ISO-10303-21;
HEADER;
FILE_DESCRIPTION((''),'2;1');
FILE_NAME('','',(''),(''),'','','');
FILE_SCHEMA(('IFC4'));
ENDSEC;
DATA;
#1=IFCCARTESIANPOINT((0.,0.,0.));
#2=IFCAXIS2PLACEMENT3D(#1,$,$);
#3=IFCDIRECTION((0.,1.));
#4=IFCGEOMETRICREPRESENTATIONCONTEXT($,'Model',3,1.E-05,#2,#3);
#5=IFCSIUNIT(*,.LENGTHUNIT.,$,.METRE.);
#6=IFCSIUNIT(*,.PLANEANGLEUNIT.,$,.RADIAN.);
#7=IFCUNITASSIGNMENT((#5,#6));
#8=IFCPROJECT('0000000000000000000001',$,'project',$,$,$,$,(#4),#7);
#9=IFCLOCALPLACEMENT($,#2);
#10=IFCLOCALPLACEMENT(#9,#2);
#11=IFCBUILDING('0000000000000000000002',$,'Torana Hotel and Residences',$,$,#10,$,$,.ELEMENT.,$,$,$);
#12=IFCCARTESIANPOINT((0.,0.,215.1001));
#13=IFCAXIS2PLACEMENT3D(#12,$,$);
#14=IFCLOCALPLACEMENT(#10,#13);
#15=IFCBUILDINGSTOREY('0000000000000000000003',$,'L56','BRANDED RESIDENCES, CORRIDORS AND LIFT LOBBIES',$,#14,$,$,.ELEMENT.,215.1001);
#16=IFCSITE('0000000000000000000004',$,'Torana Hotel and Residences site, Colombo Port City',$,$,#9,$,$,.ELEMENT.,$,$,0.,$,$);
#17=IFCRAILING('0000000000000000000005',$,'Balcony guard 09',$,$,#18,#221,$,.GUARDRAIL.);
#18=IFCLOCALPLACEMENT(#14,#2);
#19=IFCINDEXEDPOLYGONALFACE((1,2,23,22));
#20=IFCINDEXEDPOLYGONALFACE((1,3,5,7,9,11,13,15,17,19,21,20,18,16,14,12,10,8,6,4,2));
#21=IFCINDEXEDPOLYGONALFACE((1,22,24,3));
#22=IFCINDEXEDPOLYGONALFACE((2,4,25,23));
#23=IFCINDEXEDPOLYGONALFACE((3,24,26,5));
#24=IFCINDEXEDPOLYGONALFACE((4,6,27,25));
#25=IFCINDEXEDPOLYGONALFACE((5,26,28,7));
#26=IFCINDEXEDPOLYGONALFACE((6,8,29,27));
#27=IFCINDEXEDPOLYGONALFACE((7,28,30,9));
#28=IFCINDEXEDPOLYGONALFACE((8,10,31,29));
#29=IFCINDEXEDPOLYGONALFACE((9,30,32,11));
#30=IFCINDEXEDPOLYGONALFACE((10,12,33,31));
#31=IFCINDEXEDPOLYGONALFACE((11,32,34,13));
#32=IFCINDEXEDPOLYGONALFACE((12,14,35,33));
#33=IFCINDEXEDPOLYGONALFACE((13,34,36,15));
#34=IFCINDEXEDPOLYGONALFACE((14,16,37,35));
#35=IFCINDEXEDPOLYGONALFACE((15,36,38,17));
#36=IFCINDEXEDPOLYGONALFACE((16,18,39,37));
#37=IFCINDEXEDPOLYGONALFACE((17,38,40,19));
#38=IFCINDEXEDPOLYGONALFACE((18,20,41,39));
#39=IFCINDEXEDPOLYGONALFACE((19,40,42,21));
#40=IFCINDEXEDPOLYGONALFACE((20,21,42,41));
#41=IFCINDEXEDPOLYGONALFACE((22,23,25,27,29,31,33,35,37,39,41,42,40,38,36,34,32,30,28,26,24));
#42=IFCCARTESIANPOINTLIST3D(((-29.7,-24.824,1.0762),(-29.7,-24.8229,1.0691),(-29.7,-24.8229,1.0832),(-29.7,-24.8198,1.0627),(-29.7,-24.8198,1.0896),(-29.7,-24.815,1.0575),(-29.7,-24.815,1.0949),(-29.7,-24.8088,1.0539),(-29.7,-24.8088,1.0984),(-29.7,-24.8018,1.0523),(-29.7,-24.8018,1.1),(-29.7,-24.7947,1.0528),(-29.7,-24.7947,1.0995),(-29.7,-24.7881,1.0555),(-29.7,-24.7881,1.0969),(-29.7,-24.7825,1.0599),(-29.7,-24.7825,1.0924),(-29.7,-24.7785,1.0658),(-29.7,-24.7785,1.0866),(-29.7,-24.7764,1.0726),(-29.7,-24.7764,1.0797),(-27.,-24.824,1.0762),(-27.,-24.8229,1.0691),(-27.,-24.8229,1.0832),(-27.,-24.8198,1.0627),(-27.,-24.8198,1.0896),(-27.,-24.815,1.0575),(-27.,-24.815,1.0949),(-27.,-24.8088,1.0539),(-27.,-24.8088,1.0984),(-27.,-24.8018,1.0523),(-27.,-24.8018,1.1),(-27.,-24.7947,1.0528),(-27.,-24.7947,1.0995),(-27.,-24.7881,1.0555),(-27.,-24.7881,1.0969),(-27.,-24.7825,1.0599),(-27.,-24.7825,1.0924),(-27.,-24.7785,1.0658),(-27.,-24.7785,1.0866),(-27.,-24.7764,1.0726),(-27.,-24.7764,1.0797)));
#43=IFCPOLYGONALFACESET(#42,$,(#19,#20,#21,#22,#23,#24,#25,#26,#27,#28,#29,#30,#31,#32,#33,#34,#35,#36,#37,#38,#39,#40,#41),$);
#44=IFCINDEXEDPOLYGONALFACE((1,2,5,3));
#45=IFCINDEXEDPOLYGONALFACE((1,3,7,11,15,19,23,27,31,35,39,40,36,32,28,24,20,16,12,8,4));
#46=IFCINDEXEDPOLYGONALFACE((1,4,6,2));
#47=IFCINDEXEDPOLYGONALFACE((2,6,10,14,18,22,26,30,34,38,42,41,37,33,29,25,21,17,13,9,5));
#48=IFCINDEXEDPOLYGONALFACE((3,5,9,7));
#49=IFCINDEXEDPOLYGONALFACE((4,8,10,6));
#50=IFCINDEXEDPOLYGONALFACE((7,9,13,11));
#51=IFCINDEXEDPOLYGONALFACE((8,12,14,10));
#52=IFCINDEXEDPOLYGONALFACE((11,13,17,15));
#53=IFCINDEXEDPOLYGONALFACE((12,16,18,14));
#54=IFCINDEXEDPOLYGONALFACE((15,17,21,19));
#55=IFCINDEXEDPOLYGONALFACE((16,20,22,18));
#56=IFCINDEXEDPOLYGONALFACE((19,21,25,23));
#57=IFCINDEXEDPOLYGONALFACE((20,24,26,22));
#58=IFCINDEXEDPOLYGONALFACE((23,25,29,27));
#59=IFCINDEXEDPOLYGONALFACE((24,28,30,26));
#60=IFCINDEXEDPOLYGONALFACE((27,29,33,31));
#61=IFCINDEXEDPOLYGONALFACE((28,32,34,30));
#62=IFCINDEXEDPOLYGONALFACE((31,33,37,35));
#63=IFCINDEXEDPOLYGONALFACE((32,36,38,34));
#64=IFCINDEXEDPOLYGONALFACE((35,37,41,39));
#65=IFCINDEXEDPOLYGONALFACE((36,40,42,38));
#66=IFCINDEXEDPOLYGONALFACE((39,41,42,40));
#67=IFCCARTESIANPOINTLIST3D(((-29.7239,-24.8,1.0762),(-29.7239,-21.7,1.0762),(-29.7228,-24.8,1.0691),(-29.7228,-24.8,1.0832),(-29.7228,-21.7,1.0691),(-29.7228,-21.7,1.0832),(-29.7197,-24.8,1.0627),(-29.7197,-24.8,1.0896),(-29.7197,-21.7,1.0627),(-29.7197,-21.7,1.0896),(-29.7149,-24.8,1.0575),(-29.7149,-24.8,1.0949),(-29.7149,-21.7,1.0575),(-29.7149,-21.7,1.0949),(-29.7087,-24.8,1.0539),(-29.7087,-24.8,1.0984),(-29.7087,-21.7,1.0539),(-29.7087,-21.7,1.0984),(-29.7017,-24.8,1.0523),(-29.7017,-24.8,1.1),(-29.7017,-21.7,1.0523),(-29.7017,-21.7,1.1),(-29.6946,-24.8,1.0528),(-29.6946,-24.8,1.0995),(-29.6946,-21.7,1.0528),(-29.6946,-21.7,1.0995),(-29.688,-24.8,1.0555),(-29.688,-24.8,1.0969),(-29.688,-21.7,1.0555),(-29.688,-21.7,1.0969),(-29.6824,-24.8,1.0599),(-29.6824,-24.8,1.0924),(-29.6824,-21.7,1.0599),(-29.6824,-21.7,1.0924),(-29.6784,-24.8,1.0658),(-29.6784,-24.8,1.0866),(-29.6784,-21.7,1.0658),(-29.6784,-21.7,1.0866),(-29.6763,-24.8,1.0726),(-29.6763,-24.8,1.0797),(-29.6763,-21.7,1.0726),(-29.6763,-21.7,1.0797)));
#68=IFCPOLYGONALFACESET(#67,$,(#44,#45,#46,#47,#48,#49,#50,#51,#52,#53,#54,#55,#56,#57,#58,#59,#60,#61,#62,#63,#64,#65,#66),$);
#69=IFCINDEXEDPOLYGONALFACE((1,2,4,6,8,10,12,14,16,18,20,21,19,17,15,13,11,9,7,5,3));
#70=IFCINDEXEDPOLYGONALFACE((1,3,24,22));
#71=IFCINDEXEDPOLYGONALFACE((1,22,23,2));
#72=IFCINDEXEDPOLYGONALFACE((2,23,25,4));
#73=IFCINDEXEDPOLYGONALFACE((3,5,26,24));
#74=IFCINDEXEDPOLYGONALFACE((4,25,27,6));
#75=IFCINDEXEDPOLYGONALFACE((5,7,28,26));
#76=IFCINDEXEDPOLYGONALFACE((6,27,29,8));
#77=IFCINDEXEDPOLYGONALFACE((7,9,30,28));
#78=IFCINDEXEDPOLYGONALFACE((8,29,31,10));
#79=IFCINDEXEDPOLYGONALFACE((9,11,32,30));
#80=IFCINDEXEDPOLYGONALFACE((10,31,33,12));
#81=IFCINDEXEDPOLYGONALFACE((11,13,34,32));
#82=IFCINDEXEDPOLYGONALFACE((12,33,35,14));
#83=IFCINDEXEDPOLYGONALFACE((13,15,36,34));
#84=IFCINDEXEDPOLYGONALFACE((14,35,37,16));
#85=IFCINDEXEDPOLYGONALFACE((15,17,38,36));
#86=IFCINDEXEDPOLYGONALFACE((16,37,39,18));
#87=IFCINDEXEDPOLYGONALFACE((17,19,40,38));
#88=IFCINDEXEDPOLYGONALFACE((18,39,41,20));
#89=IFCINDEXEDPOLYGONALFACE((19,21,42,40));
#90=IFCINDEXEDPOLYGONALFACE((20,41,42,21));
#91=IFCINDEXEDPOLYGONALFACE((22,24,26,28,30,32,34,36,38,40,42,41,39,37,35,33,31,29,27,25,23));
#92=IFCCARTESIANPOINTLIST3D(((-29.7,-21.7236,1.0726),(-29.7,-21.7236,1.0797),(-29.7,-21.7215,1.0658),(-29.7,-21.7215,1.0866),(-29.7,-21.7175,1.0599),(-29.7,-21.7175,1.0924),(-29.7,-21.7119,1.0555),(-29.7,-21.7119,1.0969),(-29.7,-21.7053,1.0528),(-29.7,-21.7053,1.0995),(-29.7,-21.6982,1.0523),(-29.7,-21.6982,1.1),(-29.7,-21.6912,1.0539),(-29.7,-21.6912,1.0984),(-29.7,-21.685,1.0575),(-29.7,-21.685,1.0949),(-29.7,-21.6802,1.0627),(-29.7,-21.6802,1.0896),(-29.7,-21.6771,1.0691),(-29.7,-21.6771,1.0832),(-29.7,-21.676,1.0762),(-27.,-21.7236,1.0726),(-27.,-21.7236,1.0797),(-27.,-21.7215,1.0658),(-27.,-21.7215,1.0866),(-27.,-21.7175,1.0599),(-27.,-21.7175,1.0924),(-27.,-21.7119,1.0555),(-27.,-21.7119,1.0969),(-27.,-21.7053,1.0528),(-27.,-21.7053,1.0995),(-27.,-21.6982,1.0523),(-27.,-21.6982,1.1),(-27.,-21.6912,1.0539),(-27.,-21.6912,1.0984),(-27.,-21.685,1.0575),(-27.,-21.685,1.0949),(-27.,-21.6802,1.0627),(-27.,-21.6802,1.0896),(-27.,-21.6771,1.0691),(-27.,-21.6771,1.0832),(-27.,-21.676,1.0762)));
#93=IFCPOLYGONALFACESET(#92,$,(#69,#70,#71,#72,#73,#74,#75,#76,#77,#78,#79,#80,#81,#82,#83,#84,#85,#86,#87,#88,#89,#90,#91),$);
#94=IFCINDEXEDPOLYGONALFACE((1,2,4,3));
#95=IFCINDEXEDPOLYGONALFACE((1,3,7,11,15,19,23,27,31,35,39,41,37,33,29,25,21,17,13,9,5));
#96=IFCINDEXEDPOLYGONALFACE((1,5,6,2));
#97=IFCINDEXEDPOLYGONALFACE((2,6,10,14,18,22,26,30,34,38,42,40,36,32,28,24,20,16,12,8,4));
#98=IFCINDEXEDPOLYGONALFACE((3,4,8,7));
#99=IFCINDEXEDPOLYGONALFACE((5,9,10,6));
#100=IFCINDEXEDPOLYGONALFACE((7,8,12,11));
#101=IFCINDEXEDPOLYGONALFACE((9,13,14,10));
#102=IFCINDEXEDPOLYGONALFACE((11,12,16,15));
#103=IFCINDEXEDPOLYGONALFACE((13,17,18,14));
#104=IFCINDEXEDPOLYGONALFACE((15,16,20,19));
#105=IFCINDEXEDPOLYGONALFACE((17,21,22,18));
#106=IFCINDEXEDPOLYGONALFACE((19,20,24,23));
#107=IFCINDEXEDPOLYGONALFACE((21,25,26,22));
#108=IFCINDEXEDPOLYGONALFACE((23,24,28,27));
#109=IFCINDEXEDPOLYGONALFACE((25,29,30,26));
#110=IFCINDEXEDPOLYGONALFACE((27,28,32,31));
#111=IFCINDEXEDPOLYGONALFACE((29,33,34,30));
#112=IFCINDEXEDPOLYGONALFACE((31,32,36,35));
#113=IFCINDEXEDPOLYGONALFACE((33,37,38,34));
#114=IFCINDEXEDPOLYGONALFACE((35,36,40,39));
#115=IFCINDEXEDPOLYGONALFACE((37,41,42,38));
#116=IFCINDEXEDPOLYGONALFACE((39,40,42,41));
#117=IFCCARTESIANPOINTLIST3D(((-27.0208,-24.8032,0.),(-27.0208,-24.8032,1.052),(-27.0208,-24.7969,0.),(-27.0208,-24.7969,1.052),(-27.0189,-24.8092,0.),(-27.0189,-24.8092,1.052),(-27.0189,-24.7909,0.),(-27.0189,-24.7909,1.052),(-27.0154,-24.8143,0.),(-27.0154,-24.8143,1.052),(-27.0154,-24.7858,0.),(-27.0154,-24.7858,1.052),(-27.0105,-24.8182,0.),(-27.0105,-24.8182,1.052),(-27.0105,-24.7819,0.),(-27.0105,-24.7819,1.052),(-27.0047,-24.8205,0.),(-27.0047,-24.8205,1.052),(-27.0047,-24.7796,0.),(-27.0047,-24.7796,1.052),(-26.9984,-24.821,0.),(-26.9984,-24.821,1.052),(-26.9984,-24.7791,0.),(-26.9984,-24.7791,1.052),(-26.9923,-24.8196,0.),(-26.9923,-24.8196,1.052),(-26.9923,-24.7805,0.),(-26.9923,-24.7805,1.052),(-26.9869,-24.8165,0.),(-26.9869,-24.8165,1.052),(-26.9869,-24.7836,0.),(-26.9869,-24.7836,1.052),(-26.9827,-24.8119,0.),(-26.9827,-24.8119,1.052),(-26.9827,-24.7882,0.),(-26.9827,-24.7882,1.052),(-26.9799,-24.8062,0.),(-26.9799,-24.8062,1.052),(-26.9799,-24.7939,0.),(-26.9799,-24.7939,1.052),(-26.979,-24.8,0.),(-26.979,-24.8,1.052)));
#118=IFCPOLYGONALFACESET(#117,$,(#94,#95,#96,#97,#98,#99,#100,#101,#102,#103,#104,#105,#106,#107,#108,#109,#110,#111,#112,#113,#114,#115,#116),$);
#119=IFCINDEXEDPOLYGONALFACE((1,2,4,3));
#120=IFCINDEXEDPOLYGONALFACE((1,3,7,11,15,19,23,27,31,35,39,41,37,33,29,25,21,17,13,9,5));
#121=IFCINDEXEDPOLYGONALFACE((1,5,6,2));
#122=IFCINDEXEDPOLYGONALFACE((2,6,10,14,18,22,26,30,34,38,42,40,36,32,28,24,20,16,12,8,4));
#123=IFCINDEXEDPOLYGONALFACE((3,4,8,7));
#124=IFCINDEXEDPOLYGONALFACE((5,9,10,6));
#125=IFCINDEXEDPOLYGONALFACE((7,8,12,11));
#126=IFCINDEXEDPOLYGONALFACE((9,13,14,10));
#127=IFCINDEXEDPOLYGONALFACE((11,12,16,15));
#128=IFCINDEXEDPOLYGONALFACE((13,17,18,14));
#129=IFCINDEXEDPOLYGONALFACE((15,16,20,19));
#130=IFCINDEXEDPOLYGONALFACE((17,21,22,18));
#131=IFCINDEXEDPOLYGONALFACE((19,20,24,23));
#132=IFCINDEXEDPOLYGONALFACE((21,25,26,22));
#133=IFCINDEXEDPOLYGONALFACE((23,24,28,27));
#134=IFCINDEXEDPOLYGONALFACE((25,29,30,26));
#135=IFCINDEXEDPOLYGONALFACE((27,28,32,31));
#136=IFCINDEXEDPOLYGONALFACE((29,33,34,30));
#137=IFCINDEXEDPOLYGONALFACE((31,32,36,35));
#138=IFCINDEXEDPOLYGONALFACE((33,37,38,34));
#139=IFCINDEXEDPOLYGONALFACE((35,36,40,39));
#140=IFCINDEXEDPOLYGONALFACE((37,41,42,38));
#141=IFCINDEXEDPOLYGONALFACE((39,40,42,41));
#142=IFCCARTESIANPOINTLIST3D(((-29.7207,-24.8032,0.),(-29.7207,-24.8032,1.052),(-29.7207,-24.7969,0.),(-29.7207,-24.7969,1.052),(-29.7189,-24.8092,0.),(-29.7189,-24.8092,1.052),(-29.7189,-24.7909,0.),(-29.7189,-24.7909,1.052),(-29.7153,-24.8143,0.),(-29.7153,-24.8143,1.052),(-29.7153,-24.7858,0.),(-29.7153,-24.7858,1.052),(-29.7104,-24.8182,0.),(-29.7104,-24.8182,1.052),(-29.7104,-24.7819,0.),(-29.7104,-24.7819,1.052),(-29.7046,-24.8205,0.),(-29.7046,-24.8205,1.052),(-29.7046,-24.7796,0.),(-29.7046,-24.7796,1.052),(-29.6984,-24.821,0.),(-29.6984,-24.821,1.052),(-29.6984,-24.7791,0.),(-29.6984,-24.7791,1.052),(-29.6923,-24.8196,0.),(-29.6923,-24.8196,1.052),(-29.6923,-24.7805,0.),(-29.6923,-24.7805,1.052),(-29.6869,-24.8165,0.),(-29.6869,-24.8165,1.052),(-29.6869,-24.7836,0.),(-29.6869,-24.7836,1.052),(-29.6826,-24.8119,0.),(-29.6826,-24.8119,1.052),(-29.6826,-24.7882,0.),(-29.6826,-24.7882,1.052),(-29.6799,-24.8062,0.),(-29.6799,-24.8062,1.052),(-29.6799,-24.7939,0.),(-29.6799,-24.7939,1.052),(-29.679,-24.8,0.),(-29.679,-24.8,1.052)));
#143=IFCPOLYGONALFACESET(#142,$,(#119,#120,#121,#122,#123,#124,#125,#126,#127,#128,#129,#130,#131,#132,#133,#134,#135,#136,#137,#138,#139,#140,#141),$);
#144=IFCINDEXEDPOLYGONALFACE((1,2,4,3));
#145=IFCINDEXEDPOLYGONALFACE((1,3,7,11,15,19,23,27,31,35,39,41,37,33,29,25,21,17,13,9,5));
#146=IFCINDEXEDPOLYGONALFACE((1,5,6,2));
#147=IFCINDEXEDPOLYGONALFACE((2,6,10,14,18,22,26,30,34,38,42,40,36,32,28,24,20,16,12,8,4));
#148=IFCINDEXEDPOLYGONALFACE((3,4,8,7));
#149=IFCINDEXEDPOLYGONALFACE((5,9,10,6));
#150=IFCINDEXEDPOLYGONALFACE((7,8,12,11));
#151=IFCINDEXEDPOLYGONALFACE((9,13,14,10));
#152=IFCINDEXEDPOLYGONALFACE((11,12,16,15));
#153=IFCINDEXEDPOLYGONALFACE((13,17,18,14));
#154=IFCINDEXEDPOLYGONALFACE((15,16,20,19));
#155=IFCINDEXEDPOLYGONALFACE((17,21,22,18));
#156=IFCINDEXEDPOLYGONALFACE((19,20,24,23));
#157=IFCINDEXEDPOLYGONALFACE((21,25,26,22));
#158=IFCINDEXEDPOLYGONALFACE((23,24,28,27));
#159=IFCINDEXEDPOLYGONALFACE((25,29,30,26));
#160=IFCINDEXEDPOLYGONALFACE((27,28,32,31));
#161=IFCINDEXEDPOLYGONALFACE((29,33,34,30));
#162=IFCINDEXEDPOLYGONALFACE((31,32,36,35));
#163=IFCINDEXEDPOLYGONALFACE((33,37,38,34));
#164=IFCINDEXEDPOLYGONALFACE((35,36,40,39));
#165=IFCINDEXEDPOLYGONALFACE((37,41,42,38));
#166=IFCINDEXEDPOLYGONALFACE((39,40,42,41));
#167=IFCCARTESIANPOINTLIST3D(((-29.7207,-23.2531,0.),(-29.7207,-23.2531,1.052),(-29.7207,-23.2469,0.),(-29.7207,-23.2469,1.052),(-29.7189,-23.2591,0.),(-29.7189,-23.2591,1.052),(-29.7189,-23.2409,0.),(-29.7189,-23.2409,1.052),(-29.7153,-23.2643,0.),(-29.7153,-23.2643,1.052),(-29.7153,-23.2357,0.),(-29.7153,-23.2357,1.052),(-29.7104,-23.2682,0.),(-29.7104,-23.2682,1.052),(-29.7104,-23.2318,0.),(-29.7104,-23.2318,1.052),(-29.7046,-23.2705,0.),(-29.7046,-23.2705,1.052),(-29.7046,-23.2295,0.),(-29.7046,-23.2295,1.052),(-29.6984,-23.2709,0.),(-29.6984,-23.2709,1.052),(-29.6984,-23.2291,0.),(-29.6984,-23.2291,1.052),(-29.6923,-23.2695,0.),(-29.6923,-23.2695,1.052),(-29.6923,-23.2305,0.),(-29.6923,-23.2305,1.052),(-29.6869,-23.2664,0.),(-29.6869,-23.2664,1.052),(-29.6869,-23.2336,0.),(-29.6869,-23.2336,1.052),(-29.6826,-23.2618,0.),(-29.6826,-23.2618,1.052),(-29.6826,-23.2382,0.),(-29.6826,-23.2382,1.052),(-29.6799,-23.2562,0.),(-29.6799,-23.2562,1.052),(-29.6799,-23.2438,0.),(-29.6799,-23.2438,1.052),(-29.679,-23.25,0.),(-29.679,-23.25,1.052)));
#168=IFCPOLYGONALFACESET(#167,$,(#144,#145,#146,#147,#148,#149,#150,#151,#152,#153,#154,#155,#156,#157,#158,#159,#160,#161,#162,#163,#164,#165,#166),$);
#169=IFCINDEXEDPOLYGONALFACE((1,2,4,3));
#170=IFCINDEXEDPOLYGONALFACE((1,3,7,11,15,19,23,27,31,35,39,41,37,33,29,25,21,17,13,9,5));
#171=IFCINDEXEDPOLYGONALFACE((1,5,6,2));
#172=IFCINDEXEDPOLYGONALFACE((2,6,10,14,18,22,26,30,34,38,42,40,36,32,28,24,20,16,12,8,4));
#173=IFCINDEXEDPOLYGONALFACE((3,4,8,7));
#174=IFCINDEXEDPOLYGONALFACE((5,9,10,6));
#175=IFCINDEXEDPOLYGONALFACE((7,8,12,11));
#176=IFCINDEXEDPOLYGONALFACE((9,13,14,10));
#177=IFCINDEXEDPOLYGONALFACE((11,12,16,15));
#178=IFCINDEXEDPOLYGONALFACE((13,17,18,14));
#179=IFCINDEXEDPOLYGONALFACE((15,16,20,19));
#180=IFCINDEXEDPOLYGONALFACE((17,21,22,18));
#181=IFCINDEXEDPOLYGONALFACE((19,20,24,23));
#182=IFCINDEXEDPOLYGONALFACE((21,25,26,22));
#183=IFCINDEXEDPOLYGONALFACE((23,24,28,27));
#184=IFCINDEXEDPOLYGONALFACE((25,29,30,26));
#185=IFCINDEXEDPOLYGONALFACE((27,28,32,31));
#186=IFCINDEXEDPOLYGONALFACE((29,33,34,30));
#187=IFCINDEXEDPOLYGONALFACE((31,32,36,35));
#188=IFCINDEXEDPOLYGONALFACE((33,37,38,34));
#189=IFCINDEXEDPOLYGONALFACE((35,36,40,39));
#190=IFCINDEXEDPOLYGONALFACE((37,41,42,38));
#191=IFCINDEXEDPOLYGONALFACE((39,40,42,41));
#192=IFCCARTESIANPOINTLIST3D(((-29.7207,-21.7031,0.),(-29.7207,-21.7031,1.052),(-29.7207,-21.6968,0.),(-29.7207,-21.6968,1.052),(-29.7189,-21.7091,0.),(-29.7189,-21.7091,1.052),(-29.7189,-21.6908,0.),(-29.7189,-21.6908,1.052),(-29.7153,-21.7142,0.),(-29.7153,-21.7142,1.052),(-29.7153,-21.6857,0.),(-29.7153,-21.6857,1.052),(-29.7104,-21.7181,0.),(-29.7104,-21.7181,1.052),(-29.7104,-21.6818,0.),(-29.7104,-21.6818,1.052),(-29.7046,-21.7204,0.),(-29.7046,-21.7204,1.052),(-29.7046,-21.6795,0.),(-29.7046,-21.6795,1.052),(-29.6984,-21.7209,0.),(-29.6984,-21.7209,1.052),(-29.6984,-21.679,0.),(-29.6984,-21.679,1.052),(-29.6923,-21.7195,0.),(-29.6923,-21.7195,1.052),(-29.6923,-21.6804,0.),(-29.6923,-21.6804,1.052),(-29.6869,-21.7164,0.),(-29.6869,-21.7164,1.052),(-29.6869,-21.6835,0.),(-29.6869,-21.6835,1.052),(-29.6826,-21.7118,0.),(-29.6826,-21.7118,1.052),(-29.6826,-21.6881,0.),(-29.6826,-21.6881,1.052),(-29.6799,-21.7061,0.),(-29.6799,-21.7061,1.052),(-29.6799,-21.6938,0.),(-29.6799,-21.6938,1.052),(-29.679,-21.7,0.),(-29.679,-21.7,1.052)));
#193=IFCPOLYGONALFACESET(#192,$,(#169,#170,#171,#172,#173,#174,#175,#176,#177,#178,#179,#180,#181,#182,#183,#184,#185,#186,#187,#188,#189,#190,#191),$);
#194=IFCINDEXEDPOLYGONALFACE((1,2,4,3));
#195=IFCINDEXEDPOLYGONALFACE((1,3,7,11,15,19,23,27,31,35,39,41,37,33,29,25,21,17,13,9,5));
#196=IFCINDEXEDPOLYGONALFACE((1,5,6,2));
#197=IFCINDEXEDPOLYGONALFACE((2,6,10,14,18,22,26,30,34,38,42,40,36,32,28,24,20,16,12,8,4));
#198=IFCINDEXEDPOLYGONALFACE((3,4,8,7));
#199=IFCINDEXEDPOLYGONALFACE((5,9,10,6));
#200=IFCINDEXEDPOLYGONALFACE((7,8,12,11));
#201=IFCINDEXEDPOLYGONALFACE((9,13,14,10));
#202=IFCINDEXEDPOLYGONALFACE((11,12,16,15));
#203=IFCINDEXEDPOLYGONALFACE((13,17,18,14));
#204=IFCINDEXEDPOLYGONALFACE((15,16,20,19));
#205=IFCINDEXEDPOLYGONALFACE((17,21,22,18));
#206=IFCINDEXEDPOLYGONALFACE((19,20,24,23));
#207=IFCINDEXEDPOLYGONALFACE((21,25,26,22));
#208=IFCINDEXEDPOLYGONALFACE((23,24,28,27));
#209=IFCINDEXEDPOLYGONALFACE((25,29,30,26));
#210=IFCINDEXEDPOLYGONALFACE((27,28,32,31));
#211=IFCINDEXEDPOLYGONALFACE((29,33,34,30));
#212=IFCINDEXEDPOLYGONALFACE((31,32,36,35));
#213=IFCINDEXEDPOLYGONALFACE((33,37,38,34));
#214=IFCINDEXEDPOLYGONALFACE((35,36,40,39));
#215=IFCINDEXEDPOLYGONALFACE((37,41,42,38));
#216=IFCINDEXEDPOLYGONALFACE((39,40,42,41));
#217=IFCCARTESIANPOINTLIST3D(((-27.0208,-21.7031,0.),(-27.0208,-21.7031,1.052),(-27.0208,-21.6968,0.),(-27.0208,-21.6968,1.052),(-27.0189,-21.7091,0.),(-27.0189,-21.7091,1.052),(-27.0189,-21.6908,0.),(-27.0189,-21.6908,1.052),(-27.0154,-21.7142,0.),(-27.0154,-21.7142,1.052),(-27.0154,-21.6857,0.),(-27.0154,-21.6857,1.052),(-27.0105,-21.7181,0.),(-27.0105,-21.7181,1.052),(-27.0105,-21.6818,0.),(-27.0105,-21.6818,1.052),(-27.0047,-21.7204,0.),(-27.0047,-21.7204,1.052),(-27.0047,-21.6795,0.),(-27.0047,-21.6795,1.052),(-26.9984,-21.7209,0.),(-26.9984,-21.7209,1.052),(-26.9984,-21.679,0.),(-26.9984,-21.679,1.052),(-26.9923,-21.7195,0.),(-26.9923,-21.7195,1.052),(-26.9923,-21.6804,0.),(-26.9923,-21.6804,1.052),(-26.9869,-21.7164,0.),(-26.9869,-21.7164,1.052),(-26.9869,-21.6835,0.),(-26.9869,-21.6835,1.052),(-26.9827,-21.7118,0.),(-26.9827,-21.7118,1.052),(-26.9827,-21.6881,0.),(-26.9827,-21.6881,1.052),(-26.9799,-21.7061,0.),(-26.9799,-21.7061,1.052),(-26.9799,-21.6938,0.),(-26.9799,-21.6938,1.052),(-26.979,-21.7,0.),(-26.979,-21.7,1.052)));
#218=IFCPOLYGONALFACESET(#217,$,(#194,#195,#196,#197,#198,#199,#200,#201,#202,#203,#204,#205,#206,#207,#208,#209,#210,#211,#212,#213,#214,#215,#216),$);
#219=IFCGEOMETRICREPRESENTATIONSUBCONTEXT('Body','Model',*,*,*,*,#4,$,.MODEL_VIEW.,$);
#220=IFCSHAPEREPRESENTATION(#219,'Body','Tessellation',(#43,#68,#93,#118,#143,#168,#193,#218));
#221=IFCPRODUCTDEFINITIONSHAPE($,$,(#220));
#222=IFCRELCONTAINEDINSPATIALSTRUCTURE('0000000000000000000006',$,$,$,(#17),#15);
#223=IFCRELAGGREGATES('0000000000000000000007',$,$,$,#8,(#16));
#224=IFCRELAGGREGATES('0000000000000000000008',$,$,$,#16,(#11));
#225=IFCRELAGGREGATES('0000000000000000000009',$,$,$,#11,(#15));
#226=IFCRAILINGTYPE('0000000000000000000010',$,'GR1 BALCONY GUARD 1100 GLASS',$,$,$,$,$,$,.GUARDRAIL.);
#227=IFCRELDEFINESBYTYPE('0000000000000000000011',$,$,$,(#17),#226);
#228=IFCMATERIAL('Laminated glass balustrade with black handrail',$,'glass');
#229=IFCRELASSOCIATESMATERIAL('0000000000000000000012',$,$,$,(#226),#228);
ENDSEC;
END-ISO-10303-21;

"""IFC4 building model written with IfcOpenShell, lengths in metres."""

from ifc_helpers import new_model, si_unit, direction, frame, origin, origin_2d, place, context, subcontext, project, spatial, circle, extrude, material, type_object, element, save


model = new_model("IFC4")

# Units and contexts
model_context = context("Model", 3, precision=1e-05, world=origin(), true_north=direction((0.0, 1.0)))
body_context = subcontext(model_context, "Body", "Model", "MODEL_VIEW")
ifc_project = project(units=[si_unit("LENGTHUNIT", "METRE"), si_unit("PLANEANGLEUNIT", "RADIAN")], contexts=[model_context])

# Site, building, storey
site_placement = place(None, origin())
site = spatial("IfcSite", under=ifc_project, at=site_placement, Name="Torana Hotel and Residences site, Colombo Port City", CompositionType="ELEMENT", RefElevation=0.0)
building_placement = place(site_placement, origin())
building = spatial("IfcBuilding", under=site, at=building_placement, Name="Torana Hotel and Residences", CompositionType="ELEMENT")
storey_placement = place(building_placement, frame((0.0, 0.0, 215.1001)))
storey = spatial("IfcBuildingStorey", under=building, at=storey_placement, Name="L56", Description="BRANDED RESIDENCES, CORRIDORS AND LIFT LOBBIES", CompositionType="ELEMENT", Elevation=215.1001)

# Railing
ifc_material_1 = material(Name="Laminated glass balustrade with black handrail", Category="glass")
railing_type = type_object("IfcRailingType", Name="GR1 BALCONY GUARD 1100 GLASS", PredefinedType="GUARDRAIL", material=ifc_material_1)
railing_1_placement = place(storey_placement, frame((-27.0, -24.8, 0.0)))
element("IfcRailing", 1, at=railing_1_placement, inside=storey, type_object=railing_type, Name="Balcony guard 09", PredefinedType="GUARDRAIL", context=body_context, shape_type="SweptSolid", body=[
    extrude(circle(Radius=0.0239, at=origin_2d()), frame((0.0, 0.0, 1.0762), z_axis=(-1.0, 0.0, 0.0), x_axis=(0.0, -1.0, 0.0)), (0.0, 0.0, 1.0), 2.7),
    extrude(circle(Radius=0.0239, at=origin_2d()), frame((-2.7, 0.0, 1.0762), z_axis=(0.0, 1.0, 0.0), x_axis=(-1.0, 0.0, 0.0)), (0.0, 0.0, 1.0), 3.1001),
    extrude(circle(Radius=0.0239, at=origin_2d()), frame((-2.7, 3.1001, 1.0762), z_axis=(1.0, 0.0, 0.0), x_axis=(0.0, 1.0, 0.0)), (0.0, 0.0, 1.0), 2.7),
    extrude(circle(Radius=0.021, at=origin_2d()), origin(), (0.0, 0.0, 1.0), 1.052),
    extrude(circle(Radius=0.021, at=origin_2d()), frame((-2.7, 0.0, 0.0)), (0.0, 0.0, 1.0), 1.052),
    extrude(circle(Radius=0.021, at=origin_2d()), frame((-2.7, 1.55, 0.0)), (0.0, 0.0, 1.0), 1.052),
    extrude(circle(Radius=0.021, at=origin_2d()), frame((-2.7, 3.1001, 0.0)), (0.0, 0.0, 1.0), 1.052),
    extrude(circle(Radius=0.021, at=origin_2d()), frame((0.0, 3.1001, 0.0)), (0.0, 0.0, 1.0), 1.052),
])

save(model, "model.ifc")
